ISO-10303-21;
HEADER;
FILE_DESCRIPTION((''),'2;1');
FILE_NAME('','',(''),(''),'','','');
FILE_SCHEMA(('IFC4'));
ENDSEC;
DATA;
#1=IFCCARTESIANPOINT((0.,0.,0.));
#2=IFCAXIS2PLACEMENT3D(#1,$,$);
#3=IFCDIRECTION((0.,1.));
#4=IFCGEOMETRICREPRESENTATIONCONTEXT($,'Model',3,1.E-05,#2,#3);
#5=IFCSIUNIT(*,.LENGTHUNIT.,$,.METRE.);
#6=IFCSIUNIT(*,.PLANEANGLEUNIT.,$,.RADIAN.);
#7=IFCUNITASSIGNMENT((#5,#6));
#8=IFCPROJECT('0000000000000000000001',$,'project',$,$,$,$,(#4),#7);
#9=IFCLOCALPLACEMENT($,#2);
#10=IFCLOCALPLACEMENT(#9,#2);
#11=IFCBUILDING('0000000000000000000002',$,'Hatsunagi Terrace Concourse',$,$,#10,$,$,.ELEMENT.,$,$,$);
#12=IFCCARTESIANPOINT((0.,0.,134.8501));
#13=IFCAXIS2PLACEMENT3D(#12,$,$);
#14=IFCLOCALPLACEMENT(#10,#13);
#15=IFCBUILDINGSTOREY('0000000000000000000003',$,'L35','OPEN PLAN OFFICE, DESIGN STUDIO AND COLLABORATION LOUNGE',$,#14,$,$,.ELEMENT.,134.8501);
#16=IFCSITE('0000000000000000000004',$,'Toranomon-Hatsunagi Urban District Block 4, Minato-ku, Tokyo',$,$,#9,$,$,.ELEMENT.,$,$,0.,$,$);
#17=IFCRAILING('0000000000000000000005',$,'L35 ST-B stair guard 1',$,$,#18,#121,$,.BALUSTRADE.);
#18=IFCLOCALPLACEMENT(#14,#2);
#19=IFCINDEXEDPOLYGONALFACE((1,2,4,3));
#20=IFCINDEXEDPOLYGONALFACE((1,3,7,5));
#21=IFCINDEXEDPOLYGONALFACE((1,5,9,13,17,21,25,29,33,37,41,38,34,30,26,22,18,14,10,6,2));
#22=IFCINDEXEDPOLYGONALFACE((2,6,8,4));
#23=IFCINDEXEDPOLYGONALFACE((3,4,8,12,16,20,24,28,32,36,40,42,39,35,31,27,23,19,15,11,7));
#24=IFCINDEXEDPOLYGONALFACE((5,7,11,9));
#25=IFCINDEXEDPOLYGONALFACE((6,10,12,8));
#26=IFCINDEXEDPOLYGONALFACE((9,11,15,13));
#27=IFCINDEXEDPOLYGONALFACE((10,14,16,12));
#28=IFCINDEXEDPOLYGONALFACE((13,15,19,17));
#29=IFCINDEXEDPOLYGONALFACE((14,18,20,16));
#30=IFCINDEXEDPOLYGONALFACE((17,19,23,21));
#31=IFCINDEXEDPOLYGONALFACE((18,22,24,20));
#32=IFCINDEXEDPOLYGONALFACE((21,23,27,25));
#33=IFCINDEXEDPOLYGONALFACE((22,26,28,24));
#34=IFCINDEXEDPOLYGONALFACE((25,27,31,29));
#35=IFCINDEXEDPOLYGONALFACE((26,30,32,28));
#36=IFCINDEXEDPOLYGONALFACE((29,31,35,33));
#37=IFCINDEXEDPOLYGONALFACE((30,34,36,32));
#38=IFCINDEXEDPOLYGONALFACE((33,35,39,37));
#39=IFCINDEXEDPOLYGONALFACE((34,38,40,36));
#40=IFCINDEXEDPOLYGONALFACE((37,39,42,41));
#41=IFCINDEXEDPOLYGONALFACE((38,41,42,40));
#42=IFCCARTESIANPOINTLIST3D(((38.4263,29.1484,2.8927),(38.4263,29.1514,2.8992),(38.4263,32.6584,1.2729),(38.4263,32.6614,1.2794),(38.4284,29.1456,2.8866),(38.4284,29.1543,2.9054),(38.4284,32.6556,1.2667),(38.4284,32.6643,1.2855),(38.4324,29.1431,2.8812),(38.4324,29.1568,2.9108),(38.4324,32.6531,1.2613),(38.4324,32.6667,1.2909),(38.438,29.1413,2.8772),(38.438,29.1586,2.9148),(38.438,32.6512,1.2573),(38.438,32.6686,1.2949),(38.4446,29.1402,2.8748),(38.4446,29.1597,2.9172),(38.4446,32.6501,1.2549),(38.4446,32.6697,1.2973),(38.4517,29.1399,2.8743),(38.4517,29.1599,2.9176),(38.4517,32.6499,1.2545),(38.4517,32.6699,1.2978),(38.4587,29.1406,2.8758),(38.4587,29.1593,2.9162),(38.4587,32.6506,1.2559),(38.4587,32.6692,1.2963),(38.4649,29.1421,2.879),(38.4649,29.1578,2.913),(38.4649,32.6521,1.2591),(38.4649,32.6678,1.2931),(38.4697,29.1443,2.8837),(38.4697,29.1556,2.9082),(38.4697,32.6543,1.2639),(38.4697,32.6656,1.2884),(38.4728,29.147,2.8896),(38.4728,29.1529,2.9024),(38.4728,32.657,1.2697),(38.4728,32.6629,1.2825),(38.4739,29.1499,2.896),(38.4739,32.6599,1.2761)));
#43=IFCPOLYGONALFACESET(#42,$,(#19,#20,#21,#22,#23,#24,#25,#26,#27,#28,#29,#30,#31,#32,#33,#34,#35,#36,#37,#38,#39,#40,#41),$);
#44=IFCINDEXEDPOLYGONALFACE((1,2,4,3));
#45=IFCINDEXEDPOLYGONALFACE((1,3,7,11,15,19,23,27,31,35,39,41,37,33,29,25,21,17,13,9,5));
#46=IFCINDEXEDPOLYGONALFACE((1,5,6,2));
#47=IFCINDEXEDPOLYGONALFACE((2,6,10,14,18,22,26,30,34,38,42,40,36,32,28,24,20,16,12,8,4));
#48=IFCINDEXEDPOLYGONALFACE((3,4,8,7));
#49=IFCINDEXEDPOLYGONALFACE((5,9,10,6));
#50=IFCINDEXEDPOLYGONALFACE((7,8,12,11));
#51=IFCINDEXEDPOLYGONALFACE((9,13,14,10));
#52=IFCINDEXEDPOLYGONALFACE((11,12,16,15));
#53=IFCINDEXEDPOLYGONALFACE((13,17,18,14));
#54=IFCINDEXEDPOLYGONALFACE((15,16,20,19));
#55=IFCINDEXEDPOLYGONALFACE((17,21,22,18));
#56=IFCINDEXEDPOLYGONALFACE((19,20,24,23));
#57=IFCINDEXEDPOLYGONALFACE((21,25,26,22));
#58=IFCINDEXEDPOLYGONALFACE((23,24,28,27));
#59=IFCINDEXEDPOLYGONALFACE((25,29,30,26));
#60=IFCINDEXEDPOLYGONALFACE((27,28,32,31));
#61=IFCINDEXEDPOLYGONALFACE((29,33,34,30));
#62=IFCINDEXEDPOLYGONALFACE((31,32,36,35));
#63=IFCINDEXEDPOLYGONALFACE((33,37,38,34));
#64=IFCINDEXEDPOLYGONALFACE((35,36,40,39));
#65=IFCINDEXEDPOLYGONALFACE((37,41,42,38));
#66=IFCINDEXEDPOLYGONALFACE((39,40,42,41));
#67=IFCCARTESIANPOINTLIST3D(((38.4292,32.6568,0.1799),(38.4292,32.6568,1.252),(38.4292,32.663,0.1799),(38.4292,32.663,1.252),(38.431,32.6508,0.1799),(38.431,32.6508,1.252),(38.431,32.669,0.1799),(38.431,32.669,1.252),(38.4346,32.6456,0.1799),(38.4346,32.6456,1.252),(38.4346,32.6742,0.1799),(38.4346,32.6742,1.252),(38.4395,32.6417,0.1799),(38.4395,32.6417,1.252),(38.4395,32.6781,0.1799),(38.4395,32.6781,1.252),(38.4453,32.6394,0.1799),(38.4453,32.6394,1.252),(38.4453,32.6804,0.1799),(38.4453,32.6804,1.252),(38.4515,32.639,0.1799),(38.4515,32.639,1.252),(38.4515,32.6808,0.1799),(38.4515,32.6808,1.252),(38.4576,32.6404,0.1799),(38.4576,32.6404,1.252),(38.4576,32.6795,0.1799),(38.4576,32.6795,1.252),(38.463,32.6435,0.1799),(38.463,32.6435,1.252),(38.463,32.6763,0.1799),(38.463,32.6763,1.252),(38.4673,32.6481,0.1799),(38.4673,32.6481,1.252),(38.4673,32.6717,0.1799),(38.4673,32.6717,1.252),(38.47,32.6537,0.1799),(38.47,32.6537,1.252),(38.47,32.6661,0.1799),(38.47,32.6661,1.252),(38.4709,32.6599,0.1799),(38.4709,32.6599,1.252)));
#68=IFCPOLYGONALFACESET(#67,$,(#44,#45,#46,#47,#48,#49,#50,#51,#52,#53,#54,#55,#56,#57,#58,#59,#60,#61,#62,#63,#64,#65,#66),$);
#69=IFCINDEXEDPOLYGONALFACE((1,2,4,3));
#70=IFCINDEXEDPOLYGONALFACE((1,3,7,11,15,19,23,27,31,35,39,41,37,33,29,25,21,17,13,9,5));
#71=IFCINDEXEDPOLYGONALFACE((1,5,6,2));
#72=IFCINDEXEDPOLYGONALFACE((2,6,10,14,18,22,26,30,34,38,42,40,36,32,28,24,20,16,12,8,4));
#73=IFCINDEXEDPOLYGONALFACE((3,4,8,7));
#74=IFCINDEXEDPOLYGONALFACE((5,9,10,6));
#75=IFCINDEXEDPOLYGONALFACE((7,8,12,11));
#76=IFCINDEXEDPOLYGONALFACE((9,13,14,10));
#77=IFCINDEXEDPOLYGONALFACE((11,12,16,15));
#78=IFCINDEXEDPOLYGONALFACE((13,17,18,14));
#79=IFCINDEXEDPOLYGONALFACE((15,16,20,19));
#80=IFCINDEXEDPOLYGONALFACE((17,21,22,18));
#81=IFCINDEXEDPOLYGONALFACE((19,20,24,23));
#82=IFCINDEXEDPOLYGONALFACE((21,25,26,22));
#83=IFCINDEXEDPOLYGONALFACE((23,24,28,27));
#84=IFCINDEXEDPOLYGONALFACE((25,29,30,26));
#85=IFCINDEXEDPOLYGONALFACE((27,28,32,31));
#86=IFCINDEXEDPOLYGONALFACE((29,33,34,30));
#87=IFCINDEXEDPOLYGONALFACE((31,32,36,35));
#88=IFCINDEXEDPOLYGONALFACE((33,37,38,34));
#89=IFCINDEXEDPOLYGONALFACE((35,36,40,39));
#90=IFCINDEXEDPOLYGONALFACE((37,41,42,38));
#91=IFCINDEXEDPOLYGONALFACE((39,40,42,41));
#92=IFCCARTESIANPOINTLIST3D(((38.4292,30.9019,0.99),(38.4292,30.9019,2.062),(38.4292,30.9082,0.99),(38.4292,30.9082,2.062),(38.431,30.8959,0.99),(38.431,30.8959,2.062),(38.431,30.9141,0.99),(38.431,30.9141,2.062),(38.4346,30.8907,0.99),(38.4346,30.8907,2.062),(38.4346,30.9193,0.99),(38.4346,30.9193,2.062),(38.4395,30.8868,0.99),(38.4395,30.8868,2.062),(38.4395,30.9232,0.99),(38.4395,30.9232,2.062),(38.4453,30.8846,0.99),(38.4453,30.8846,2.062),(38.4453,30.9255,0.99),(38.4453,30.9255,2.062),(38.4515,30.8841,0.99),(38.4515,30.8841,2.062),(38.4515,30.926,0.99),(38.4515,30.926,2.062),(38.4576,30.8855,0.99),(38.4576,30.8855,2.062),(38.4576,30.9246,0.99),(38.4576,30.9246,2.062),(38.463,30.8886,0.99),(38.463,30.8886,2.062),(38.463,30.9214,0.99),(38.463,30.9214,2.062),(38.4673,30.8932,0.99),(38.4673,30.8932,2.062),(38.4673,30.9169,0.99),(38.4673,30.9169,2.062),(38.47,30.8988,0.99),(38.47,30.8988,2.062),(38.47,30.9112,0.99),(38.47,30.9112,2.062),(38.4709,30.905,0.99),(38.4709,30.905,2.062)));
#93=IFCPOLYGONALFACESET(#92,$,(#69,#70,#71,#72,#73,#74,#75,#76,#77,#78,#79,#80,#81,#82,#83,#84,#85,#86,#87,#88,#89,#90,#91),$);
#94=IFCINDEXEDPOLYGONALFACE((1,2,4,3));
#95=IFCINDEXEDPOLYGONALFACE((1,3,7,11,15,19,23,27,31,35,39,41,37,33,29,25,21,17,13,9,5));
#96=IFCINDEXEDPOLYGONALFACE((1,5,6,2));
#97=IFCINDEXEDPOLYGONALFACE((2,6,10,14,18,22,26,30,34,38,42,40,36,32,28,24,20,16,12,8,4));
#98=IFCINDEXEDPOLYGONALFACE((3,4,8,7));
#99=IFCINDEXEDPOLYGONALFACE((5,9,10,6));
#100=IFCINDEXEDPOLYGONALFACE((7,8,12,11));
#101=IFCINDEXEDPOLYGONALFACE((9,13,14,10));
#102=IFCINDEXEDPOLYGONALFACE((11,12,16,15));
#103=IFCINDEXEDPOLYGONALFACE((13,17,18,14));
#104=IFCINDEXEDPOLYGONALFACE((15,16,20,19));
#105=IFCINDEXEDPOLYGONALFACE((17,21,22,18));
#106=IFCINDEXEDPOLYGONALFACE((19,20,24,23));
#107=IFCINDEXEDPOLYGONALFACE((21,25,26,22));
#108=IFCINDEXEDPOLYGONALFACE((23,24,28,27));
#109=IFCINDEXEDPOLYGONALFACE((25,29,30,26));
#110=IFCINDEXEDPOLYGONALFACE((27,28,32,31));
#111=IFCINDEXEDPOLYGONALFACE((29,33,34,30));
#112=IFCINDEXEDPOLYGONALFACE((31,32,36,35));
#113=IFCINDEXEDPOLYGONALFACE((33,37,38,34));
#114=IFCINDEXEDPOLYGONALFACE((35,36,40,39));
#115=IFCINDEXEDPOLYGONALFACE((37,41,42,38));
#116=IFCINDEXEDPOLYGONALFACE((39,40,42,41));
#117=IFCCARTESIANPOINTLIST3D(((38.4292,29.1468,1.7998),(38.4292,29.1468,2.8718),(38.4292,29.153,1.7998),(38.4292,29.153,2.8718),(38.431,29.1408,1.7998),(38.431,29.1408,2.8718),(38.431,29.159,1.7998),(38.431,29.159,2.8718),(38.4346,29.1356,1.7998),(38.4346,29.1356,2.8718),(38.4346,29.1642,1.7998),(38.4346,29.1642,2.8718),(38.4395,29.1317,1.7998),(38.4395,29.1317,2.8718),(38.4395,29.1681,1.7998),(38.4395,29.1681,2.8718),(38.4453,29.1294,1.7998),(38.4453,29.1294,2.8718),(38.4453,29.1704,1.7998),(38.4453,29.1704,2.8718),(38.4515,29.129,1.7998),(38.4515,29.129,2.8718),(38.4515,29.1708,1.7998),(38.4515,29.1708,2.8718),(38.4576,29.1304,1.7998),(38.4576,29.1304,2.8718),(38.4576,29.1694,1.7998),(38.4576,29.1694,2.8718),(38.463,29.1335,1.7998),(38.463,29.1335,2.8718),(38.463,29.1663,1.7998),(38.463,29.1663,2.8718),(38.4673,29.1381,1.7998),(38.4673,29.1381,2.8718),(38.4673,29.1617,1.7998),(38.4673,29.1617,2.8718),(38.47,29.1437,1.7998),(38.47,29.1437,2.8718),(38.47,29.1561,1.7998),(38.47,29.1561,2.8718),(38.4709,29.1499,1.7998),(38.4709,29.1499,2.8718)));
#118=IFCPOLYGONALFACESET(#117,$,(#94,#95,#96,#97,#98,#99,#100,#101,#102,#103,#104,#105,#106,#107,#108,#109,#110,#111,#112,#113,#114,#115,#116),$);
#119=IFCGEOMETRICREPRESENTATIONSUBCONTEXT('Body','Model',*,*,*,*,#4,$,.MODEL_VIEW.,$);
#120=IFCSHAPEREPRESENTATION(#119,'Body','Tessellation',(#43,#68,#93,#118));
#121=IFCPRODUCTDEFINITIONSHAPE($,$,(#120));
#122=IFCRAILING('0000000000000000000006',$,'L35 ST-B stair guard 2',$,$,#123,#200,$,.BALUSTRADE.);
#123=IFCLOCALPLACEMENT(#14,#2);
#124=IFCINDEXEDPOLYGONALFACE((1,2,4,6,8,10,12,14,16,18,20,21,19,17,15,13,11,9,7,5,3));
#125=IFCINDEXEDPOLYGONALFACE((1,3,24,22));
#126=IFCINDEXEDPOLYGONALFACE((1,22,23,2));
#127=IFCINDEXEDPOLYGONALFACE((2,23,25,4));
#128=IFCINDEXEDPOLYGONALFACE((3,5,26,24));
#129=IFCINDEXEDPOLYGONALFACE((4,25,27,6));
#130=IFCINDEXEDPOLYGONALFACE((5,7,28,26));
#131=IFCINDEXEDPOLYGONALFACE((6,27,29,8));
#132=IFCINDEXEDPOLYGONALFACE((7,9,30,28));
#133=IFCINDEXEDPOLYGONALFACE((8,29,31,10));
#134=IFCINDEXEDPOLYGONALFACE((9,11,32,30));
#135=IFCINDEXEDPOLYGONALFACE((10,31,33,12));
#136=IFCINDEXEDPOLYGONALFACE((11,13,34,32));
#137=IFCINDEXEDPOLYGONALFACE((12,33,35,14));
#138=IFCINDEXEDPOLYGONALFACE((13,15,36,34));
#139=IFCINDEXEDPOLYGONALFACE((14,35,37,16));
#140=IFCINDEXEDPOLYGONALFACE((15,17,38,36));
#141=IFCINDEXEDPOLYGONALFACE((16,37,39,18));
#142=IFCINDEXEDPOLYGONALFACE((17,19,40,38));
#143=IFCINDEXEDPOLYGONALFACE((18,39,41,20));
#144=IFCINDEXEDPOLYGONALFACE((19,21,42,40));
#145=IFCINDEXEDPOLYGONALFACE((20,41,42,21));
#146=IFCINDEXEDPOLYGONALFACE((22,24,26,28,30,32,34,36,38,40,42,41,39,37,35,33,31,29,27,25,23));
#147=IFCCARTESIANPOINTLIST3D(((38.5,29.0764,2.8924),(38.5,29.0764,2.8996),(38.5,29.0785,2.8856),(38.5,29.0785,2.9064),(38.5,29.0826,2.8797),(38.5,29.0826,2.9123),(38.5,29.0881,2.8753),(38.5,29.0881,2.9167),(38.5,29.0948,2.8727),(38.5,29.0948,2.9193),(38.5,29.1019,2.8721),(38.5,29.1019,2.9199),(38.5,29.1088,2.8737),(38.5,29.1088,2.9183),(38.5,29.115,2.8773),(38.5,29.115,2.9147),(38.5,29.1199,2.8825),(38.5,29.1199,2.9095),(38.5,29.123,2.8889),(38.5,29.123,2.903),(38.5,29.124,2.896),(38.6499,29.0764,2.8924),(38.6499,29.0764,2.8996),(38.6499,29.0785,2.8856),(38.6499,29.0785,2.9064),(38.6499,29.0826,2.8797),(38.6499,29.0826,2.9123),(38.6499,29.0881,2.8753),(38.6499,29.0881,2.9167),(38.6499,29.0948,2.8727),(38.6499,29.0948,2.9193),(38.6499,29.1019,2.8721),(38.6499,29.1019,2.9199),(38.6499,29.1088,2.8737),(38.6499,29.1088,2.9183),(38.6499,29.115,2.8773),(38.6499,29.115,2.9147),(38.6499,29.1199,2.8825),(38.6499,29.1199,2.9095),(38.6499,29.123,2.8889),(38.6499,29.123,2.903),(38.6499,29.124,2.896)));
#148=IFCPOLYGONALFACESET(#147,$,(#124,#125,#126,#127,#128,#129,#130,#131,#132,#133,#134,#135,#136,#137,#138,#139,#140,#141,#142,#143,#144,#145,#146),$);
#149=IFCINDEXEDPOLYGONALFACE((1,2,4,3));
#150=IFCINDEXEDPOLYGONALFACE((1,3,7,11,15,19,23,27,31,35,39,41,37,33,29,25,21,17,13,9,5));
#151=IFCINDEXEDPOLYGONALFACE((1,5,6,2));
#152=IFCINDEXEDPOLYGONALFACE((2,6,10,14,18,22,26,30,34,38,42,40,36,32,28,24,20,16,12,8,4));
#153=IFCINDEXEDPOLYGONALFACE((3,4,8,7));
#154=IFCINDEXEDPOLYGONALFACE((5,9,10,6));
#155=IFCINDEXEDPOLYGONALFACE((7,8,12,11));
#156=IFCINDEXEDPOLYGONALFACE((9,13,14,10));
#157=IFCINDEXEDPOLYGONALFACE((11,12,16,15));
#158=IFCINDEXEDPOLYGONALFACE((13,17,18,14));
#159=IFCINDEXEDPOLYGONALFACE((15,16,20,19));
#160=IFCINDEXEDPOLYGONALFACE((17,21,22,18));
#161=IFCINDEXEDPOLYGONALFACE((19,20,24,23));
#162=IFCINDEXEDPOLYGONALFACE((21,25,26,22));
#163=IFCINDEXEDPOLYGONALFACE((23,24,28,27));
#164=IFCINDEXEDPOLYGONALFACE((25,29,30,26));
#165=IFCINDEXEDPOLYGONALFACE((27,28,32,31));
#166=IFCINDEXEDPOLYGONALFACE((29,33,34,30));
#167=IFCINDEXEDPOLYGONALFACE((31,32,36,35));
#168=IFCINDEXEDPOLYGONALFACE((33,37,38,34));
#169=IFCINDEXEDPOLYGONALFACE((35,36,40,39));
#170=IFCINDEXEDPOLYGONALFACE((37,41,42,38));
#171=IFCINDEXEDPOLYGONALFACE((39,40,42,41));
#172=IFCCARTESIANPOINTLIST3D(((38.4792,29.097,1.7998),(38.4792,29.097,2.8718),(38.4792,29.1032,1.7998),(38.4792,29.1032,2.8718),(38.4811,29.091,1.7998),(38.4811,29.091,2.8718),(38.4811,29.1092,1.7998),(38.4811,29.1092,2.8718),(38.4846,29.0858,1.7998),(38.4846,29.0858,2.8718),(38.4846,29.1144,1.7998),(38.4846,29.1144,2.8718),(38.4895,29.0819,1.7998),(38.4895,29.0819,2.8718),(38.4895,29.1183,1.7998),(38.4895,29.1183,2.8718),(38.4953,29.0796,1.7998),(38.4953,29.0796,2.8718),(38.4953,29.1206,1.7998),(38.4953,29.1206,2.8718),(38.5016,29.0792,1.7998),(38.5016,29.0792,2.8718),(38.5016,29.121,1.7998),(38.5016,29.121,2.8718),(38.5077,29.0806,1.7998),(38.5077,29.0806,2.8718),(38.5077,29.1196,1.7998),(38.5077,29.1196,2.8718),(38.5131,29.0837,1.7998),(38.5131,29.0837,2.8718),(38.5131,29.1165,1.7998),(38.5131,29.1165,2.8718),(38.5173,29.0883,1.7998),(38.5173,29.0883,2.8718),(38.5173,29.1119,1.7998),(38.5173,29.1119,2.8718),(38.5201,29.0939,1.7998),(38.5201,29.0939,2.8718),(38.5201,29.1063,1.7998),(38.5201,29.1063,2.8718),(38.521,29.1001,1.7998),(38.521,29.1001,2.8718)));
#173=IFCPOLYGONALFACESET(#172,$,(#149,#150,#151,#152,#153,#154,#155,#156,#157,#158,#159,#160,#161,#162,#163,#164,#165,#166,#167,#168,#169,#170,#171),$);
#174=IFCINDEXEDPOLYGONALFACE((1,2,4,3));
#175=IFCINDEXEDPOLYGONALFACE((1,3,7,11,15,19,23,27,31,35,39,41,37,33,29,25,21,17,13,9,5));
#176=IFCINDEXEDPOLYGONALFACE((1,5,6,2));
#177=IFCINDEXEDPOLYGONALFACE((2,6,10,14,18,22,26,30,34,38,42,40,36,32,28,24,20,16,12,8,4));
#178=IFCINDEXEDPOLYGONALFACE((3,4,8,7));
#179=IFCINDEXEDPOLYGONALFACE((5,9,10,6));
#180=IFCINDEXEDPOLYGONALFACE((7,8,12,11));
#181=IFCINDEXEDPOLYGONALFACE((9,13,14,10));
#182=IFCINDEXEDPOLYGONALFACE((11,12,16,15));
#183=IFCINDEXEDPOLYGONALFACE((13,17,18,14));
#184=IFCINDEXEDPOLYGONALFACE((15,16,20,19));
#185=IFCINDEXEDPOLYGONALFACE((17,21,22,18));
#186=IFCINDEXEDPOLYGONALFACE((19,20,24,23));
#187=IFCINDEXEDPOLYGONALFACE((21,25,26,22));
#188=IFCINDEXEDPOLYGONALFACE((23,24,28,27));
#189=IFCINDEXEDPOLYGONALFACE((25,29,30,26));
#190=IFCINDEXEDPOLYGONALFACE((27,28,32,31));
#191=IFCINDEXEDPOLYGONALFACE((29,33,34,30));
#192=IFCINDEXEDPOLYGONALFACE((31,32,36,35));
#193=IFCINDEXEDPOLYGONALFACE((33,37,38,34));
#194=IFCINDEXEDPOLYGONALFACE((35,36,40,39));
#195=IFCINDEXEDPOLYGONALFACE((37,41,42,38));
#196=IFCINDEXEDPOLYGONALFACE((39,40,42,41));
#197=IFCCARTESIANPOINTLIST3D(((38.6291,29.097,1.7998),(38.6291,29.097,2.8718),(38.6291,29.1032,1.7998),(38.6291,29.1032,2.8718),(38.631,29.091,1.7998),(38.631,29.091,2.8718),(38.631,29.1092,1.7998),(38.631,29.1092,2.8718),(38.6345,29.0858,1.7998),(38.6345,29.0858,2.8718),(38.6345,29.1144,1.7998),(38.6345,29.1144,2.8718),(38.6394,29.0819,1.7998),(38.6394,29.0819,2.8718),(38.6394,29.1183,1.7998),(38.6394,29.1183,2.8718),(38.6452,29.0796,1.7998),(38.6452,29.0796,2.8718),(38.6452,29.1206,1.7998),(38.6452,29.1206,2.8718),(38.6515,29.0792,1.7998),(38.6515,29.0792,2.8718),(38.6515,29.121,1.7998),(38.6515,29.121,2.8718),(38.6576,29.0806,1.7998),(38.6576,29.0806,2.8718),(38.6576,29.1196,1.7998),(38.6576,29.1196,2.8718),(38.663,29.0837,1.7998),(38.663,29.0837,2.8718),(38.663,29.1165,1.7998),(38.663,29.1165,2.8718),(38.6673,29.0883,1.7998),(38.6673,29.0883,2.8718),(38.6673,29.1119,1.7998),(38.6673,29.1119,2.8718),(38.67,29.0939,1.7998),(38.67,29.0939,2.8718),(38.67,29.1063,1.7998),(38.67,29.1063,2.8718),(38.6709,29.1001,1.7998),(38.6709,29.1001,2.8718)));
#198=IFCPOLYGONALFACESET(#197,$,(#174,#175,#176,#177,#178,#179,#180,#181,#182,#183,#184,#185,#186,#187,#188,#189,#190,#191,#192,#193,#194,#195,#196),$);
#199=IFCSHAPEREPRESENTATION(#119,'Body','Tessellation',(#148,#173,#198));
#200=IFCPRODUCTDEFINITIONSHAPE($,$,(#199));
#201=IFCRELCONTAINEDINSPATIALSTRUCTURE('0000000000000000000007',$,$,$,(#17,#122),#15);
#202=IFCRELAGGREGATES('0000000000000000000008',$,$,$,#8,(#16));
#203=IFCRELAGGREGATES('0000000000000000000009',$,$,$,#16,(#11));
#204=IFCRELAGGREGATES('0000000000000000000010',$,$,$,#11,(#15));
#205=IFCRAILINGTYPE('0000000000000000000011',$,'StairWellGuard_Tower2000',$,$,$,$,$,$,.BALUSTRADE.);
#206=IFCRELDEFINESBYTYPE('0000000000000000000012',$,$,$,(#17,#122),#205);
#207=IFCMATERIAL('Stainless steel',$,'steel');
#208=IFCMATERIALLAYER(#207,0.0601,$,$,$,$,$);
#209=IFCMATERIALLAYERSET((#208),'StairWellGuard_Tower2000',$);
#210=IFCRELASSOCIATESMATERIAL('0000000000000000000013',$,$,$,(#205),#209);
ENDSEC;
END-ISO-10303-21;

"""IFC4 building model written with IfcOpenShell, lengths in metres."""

from ifc_helpers import new_model, si_unit, direction, frame, origin, origin_2d, place, context, subcontext, project, spatial, circle, extrude, material, layer, layer_set, type_object, element, save


model = new_model("IFC4")

# Units and contexts
model_context = context("Model", 3, precision=1e-05, world=origin(), true_north=direction((0.0, 1.0)))
body_context = subcontext(model_context, "Body", "Model", "MODEL_VIEW")
ifc_project = project(units=[si_unit("LENGTHUNIT", "METRE"), si_unit("PLANEANGLEUNIT", "RADIAN")], contexts=[model_context])

# Site, building, storey
site_placement = place(None, origin())
site = spatial("IfcSite", under=ifc_project, at=site_placement, Name="Toranomon-Hatsunagi Urban District Block 4, Minato-ku, Tokyo", CompositionType="ELEMENT", RefElevation=0.0)
building_placement = place(site_placement, origin())
building = spatial("IfcBuilding", under=site, at=building_placement, Name="Hatsunagi Terrace Concourse", CompositionType="ELEMENT")
storey_placement = place(building_placement, frame((0.0, 0.0, 134.8501)))
storey = spatial("IfcBuildingStorey", under=building, at=storey_placement, Name="L35", Description="OPEN PLAN OFFICE, DESIGN STUDIO AND COLLABORATION LOUNGE", CompositionType="ELEMENT", Elevation=134.8501)

# Railings
ifc_material_1 = material(Name="Stainless steel", Category="steel")
ifc_layer_1 = layer(ifc_material_1, 0.0601)
ifc_layer_set_1 = layer_set([ifc_layer_1], Name="StairWellGuard_Tower2000")
railing_type_1 = type_object("IfcRailingType", Name="StairWellGuard_Tower2000", PredefinedType="BALUSTRADE", material=ifc_layer_set_1)
railing_1_placement = place(storey_placement, frame((38.45, 32.6599, 0.1799)))
element("IfcRailing", 1, at=railing_1_placement, inside=storey, type_object=railing_type_1, Name="L35 ST-B stair guard 1", PredefinedType="BALUSTRADE", context=body_context, shape_type="SweptSolid", body=[
    extrude(circle(Radius=0.0239, at=origin_2d()), frame((0.0, 0.0, 1.0962), z_axis=(0.0, -0.907972, 0.41903), x_axis=(1.0, 0.0, 0.0)), (0.0, 0.0, 1.0), 3.8657),
    extrude(circle(Radius=0.021, at=origin_2d()), origin(), (0.0, 0.0, 1.0), 1.072),
    extrude(circle(Radius=0.021, at=origin_2d()), frame((0.0, -1.7549, 0.8101)), (0.0, 0.0, 1.0), 1.072),
    extrude(circle(Radius=0.021, at=origin_2d()), frame((0.0, -3.51, 1.6199)), (0.0, 0.0, 1.0), 1.072),
])
for number, where, name in (
    (2, (38.5, 29.1001, 1.7998), "L35 ST-B stair guard 2"),
):
    element("IfcRailing", number, at=place(storey_placement, frame(where)), inside=storey, type_object=railing_type_1, Name=name, PredefinedType="BALUSTRADE", context=body_context, shape_type="SweptSolid", body=[
        extrude(circle(Radius=0.0239, at=origin_2d()), frame((0.0, 0.0, 1.0962), z_axis=(1.0, 0.0, 0.0), x_axis=(0.0, 1.0, 0.0)), (0.0, 0.0, 1.0), 0.1499),
        extrude(circle(Radius=0.021, at=origin_2d()), origin(), (0.0, 0.0, 1.0), 1.072),
        extrude(circle(Radius=0.021, at=origin_2d()), frame((0.1499, 0.0, 0.0)), (0.0, 0.0, 1.0), 1.072),
    ])

save(model, "model.ifc")
